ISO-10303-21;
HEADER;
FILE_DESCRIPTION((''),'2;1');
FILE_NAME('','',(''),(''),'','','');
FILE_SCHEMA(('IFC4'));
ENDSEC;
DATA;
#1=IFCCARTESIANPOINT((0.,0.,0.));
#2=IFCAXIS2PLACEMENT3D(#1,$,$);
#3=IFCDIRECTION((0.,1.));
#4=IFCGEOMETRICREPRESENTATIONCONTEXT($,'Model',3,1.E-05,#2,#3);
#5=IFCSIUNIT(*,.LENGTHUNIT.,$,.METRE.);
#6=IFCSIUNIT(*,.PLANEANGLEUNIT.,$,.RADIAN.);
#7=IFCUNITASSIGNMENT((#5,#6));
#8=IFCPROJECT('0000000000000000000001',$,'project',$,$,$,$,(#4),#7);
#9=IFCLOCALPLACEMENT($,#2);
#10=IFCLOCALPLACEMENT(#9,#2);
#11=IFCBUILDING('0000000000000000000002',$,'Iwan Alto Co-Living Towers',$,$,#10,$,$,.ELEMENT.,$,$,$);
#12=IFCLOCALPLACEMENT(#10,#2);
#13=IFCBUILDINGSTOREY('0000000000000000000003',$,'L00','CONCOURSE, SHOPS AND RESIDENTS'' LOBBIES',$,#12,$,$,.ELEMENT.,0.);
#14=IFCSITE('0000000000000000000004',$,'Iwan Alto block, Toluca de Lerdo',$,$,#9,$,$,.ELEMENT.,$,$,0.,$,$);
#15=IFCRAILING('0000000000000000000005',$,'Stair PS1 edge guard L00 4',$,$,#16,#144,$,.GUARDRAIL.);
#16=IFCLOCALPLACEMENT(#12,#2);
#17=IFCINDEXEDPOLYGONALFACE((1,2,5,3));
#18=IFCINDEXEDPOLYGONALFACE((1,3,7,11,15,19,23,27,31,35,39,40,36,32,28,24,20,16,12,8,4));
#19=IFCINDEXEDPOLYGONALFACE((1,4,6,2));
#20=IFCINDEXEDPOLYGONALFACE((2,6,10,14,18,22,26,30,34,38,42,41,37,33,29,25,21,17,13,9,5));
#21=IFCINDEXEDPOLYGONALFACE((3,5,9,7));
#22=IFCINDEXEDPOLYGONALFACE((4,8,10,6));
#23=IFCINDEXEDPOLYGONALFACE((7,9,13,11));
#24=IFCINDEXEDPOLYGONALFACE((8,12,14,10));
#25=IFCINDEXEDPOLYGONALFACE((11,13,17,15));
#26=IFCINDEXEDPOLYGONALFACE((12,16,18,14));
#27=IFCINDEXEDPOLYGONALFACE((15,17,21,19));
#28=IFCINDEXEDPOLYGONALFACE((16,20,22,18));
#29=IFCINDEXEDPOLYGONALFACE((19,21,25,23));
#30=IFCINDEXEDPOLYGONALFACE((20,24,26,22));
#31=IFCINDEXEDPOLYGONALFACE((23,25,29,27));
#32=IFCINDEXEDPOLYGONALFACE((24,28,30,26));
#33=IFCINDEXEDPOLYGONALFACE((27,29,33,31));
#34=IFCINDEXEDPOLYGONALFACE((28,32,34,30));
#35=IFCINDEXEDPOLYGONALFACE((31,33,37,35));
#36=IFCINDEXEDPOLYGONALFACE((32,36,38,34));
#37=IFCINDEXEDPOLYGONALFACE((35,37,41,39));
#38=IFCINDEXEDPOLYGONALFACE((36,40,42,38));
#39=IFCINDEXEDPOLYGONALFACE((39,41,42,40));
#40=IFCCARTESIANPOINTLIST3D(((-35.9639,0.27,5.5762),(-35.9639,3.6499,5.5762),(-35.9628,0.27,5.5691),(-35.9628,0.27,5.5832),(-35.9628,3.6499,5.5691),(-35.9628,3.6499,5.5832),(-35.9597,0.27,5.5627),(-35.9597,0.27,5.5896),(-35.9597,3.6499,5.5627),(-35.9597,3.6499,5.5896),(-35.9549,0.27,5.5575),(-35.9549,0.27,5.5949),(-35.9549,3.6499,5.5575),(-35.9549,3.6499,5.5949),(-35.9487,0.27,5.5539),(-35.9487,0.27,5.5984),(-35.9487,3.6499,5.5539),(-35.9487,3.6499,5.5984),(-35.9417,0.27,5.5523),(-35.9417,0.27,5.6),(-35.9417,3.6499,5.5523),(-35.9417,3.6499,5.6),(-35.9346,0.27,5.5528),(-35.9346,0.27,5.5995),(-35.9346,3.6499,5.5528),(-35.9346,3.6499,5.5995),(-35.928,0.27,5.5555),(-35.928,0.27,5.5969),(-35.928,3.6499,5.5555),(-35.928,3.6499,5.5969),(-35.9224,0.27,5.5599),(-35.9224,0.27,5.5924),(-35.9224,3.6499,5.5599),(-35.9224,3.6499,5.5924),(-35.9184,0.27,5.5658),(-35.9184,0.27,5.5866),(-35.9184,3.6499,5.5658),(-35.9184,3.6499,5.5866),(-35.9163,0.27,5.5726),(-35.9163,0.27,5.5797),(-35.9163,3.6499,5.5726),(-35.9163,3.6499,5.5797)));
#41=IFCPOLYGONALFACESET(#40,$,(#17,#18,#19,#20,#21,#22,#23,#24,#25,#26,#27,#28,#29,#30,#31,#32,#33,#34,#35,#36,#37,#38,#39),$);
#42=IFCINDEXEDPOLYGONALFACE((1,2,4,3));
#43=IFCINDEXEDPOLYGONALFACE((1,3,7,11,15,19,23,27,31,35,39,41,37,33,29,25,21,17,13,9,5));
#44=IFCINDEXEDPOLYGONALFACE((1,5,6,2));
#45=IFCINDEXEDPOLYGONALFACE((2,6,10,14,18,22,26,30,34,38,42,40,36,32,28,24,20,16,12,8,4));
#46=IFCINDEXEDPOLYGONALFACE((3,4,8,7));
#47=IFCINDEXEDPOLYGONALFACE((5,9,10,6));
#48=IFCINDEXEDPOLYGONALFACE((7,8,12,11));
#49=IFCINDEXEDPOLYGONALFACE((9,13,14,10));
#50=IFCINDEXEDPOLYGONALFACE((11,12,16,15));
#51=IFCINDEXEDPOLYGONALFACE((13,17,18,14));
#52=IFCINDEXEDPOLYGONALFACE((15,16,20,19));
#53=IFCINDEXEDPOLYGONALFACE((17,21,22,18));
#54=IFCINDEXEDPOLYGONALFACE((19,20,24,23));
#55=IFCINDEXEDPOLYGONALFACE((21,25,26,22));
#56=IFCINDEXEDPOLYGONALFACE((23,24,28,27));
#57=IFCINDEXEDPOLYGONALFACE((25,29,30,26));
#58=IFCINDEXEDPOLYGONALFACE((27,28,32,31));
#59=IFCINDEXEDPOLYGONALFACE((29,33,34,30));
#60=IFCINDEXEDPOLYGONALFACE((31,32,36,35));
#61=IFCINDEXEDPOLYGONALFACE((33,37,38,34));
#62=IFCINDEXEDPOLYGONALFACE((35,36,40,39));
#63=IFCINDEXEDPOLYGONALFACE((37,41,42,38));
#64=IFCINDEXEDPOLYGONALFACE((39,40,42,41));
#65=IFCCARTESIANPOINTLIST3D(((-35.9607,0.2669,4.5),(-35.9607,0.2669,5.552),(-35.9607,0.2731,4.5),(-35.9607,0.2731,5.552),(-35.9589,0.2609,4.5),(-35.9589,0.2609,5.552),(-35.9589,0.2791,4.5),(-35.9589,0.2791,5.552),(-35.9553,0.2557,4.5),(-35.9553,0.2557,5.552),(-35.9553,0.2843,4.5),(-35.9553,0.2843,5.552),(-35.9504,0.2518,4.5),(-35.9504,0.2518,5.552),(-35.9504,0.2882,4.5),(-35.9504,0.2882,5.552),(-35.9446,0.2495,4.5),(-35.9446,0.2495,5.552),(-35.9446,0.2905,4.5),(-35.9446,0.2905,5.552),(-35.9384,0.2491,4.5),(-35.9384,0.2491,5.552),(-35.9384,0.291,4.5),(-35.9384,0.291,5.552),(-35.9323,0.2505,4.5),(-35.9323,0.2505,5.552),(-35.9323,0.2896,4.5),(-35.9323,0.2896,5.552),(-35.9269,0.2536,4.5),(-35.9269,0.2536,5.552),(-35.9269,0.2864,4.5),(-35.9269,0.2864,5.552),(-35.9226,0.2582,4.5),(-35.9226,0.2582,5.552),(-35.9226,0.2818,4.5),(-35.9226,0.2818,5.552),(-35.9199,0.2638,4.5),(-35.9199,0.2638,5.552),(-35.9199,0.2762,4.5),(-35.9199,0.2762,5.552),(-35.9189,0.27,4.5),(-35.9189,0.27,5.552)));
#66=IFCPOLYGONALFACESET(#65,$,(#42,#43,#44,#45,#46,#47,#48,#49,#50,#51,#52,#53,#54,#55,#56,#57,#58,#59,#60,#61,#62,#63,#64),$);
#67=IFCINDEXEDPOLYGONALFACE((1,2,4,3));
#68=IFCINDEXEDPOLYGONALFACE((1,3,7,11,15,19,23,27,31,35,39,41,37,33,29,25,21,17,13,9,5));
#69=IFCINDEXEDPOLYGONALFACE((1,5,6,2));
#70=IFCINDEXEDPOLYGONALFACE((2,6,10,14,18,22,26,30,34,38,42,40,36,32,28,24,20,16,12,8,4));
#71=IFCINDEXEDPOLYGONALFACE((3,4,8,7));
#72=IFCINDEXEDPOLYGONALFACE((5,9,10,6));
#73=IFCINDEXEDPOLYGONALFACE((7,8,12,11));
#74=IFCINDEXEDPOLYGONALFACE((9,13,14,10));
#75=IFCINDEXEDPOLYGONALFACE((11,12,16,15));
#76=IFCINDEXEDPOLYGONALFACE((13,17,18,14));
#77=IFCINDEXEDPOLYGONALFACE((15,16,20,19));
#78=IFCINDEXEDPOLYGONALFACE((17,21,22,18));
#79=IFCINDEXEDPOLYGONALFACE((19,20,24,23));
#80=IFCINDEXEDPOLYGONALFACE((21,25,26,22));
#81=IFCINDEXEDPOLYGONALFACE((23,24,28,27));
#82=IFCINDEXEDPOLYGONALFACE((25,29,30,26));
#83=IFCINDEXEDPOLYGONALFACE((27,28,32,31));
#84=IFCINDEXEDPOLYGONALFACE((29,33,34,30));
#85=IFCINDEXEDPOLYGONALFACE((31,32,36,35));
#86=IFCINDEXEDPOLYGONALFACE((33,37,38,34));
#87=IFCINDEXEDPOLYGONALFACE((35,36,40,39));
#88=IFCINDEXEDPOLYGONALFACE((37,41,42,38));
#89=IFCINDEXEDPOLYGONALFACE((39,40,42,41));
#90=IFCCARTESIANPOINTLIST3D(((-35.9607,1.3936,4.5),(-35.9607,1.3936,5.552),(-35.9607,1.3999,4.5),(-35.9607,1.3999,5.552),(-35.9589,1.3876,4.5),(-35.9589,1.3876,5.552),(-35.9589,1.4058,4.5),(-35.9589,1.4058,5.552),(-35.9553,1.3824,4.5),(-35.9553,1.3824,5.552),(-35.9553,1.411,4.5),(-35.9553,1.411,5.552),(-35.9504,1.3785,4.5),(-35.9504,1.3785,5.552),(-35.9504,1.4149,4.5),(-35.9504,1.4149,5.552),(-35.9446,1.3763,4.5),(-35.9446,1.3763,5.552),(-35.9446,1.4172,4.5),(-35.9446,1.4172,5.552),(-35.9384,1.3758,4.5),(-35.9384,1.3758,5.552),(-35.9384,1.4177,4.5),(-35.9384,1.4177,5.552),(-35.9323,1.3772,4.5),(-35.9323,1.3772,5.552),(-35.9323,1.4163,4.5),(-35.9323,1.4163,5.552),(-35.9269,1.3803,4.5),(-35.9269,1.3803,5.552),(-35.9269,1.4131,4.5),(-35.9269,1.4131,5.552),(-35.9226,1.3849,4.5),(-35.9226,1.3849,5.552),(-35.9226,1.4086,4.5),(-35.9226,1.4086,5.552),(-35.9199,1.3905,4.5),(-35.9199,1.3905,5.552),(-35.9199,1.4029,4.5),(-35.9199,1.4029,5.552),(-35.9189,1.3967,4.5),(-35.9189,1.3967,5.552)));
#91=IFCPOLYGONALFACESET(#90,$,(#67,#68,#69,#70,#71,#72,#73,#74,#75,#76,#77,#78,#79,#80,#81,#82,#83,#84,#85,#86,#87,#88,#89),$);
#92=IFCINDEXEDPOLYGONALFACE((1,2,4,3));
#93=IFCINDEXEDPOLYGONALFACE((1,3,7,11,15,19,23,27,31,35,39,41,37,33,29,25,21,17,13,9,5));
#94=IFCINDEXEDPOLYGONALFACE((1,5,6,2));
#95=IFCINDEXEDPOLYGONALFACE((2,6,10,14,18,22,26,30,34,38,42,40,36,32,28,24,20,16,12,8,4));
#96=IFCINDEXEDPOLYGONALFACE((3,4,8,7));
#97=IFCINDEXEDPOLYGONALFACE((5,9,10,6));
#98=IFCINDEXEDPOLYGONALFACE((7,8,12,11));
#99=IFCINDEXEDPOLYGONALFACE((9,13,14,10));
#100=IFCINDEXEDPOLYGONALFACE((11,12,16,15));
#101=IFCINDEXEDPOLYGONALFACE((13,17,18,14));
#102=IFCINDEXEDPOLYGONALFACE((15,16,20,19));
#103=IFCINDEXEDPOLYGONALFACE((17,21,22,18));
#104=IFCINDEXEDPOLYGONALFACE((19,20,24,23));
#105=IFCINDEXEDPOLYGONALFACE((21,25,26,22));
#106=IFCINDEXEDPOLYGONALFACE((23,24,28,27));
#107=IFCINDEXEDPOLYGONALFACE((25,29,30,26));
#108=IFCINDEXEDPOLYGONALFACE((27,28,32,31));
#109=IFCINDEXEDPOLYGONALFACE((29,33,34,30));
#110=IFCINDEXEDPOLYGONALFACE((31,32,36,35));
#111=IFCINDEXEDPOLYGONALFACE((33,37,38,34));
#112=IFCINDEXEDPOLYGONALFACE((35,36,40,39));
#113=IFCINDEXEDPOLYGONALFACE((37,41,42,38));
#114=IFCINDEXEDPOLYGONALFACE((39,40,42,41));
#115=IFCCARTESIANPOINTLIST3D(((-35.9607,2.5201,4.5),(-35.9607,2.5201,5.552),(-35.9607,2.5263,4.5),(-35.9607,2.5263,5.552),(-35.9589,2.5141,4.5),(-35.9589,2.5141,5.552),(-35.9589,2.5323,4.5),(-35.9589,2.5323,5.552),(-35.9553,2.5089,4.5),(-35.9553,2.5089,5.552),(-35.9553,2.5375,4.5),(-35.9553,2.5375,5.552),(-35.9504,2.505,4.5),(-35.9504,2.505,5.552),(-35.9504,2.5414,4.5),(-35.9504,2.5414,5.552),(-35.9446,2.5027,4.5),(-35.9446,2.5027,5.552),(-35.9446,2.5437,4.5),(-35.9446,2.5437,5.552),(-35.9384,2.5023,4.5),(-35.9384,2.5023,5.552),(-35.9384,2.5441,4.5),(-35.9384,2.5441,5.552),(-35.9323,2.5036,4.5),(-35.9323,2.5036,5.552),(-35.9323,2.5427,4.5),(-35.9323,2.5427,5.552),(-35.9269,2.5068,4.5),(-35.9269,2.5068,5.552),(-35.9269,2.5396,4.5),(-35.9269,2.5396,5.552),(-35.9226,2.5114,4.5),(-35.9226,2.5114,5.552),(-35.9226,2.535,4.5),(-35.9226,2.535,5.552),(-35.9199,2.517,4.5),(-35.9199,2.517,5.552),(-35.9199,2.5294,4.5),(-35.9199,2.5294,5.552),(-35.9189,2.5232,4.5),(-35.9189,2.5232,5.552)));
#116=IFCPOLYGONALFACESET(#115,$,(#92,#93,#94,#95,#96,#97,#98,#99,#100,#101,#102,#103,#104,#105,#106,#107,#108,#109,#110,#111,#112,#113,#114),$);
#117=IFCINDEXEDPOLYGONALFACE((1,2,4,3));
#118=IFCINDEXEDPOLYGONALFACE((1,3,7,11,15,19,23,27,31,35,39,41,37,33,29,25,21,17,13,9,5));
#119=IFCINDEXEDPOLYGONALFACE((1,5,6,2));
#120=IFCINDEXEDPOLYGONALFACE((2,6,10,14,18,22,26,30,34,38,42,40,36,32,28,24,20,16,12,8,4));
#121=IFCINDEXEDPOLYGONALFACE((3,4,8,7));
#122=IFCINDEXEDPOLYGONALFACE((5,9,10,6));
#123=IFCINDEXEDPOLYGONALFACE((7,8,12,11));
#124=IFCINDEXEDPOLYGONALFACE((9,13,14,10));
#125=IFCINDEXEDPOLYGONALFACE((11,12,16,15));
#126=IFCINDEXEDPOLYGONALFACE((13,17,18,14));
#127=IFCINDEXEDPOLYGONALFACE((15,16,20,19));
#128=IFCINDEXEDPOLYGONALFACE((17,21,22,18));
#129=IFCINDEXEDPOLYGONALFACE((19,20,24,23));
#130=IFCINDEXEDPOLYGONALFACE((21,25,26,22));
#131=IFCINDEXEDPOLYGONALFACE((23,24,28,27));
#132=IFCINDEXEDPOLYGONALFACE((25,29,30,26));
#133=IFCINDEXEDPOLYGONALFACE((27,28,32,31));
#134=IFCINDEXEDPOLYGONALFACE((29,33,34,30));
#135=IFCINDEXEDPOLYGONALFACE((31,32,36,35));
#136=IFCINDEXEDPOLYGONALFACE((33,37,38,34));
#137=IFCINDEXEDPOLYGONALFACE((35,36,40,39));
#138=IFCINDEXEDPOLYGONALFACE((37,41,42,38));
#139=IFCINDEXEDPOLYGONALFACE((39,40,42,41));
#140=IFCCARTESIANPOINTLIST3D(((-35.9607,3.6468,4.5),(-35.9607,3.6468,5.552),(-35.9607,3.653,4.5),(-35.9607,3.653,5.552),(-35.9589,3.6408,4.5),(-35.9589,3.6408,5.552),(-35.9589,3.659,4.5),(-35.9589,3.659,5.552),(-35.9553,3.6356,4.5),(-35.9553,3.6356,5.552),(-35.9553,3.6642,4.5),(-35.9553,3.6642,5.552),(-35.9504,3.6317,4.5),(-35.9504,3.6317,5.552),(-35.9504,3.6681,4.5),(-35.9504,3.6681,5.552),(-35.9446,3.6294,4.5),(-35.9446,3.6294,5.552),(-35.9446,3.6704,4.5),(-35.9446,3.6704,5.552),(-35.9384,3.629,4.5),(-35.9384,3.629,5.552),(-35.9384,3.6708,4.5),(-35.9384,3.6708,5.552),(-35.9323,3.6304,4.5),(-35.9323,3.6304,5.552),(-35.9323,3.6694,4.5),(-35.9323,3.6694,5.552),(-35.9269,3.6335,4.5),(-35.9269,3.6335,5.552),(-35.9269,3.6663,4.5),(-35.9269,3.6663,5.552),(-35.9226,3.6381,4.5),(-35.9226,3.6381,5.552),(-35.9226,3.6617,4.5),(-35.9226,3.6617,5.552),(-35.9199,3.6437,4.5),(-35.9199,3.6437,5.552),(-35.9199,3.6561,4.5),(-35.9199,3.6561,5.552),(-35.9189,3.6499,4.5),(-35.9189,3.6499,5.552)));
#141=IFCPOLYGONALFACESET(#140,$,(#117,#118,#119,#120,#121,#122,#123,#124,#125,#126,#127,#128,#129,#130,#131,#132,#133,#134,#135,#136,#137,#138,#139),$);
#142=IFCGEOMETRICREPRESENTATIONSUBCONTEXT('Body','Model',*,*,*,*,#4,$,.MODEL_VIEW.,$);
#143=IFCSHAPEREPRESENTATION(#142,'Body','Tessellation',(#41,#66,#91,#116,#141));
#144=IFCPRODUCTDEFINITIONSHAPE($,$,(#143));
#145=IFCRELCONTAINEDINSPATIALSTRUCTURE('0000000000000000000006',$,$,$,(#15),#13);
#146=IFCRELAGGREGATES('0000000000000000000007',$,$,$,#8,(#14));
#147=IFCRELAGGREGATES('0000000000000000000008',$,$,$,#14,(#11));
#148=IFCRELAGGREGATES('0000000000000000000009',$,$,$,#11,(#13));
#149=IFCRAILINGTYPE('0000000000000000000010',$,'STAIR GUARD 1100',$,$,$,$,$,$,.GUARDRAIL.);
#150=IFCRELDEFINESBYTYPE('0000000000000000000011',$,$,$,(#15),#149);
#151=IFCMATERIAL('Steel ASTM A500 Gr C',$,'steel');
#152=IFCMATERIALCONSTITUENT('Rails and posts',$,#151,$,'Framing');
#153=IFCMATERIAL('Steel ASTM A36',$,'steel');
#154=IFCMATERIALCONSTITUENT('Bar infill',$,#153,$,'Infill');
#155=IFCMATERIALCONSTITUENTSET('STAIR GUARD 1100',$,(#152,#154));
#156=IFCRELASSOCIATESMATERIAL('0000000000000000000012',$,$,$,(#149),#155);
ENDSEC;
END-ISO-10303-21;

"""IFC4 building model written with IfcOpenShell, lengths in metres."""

from ifc_helpers import new_model, si_unit, direction, frame, origin, origin_2d, place, context, subcontext, project, spatial, circle, extrude, material, constituent, constituent_set, type_object, element, save


model = new_model("IFC4")

# Units and contexts
model_context = context("Model", 3, precision=1e-05, world=origin(), true_north=direction((0.0, 1.0)))
body_context = subcontext(model_context, "Body", "Model", "MODEL_VIEW")
ifc_project = project(units=[si_unit("LENGTHUNIT", "METRE"), si_unit("PLANEANGLEUNIT", "RADIAN")], contexts=[model_context])

# Site, building, storey
site_placement = place(None, origin())
site = spatial("IfcSite", under=ifc_project, at=site_placement, Name="Iwan Alto block, Toluca de Lerdo", CompositionType="ELEMENT", RefElevation=0.0)
building_placement = place(site_placement, origin())
building = spatial("IfcBuilding", under=site, at=building_placement, Name="Iwan Alto Co-Living Towers", CompositionType="ELEMENT")
storey_placement = place(building_placement, origin())
storey = spatial("IfcBuildingStorey", under=building, at=storey_placement, Name="L00", Description="CONCOURSE, SHOPS AND RESIDENTS' LOBBIES", CompositionType="ELEMENT", Elevation=0.0)

# Shared definitions
ifc_material_1 = material(Name="Steel ASTM A36", Category="steel")

# Railing
ifc_material_2 = material(Name="Steel ASTM A500 Gr C", Category="steel")
ifc_constituent_1 = constituent(ifc_material_2, Name="Rails and posts", Category="Framing")
ifc_constituent_2 = constituent(ifc_material_1, Name="Bar infill", Category="Infill")
ifc_constituent_set_1 = constituent_set(constituents=[ifc_constituent_1, ifc_constituent_2], Name="STAIR GUARD 1100")
railing_type_1 = type_object("IfcRailingType", Name="STAIR GUARD 1100", PredefinedType="GUARDRAIL", material=ifc_constituent_set_1)
for number, where, name in (
    (1, (-35.9399, 0.27, 4.5), "Stair PS1 edge guard L00 4"),
):
    element("IfcRailing", number, at=place(storey_placement, frame(where)), inside=storey, type_object=railing_type_1, Name=name, PredefinedType="GUARDRAIL", context=body_context, shape_type="SweptSolid", body=[
        extrude(circle(Radius=0.0239, at=origin_2d()), frame((0.0, 0.0, 1.0762), z_axis=(0.0, 1.0, 0.0), x_axis=(-1.0, 0.0, 0.0)), (0.0, 0.0, 1.0), 3.3799),
        extrude(circle(Radius=0.021, at=origin_2d()), origin(), (0.0, 0.0, 1.0), 1.052),
        extrude(circle(Radius=0.021, at=origin_2d()), frame((0.0, 1.1267, 0.0)), (0.0, 0.0, 1.0), 1.052),
        extrude(circle(Radius=0.021, at=origin_2d()), frame((0.0, 2.2532, 0.0)), (0.0, 0.0, 1.0), 1.052),
        extrude(circle(Radius=0.021, at=origin_2d()), frame((0.0, 3.3799, 0.0)), (0.0, 0.0, 1.0), 1.052),
    ])

save(model, "model.ifc")
